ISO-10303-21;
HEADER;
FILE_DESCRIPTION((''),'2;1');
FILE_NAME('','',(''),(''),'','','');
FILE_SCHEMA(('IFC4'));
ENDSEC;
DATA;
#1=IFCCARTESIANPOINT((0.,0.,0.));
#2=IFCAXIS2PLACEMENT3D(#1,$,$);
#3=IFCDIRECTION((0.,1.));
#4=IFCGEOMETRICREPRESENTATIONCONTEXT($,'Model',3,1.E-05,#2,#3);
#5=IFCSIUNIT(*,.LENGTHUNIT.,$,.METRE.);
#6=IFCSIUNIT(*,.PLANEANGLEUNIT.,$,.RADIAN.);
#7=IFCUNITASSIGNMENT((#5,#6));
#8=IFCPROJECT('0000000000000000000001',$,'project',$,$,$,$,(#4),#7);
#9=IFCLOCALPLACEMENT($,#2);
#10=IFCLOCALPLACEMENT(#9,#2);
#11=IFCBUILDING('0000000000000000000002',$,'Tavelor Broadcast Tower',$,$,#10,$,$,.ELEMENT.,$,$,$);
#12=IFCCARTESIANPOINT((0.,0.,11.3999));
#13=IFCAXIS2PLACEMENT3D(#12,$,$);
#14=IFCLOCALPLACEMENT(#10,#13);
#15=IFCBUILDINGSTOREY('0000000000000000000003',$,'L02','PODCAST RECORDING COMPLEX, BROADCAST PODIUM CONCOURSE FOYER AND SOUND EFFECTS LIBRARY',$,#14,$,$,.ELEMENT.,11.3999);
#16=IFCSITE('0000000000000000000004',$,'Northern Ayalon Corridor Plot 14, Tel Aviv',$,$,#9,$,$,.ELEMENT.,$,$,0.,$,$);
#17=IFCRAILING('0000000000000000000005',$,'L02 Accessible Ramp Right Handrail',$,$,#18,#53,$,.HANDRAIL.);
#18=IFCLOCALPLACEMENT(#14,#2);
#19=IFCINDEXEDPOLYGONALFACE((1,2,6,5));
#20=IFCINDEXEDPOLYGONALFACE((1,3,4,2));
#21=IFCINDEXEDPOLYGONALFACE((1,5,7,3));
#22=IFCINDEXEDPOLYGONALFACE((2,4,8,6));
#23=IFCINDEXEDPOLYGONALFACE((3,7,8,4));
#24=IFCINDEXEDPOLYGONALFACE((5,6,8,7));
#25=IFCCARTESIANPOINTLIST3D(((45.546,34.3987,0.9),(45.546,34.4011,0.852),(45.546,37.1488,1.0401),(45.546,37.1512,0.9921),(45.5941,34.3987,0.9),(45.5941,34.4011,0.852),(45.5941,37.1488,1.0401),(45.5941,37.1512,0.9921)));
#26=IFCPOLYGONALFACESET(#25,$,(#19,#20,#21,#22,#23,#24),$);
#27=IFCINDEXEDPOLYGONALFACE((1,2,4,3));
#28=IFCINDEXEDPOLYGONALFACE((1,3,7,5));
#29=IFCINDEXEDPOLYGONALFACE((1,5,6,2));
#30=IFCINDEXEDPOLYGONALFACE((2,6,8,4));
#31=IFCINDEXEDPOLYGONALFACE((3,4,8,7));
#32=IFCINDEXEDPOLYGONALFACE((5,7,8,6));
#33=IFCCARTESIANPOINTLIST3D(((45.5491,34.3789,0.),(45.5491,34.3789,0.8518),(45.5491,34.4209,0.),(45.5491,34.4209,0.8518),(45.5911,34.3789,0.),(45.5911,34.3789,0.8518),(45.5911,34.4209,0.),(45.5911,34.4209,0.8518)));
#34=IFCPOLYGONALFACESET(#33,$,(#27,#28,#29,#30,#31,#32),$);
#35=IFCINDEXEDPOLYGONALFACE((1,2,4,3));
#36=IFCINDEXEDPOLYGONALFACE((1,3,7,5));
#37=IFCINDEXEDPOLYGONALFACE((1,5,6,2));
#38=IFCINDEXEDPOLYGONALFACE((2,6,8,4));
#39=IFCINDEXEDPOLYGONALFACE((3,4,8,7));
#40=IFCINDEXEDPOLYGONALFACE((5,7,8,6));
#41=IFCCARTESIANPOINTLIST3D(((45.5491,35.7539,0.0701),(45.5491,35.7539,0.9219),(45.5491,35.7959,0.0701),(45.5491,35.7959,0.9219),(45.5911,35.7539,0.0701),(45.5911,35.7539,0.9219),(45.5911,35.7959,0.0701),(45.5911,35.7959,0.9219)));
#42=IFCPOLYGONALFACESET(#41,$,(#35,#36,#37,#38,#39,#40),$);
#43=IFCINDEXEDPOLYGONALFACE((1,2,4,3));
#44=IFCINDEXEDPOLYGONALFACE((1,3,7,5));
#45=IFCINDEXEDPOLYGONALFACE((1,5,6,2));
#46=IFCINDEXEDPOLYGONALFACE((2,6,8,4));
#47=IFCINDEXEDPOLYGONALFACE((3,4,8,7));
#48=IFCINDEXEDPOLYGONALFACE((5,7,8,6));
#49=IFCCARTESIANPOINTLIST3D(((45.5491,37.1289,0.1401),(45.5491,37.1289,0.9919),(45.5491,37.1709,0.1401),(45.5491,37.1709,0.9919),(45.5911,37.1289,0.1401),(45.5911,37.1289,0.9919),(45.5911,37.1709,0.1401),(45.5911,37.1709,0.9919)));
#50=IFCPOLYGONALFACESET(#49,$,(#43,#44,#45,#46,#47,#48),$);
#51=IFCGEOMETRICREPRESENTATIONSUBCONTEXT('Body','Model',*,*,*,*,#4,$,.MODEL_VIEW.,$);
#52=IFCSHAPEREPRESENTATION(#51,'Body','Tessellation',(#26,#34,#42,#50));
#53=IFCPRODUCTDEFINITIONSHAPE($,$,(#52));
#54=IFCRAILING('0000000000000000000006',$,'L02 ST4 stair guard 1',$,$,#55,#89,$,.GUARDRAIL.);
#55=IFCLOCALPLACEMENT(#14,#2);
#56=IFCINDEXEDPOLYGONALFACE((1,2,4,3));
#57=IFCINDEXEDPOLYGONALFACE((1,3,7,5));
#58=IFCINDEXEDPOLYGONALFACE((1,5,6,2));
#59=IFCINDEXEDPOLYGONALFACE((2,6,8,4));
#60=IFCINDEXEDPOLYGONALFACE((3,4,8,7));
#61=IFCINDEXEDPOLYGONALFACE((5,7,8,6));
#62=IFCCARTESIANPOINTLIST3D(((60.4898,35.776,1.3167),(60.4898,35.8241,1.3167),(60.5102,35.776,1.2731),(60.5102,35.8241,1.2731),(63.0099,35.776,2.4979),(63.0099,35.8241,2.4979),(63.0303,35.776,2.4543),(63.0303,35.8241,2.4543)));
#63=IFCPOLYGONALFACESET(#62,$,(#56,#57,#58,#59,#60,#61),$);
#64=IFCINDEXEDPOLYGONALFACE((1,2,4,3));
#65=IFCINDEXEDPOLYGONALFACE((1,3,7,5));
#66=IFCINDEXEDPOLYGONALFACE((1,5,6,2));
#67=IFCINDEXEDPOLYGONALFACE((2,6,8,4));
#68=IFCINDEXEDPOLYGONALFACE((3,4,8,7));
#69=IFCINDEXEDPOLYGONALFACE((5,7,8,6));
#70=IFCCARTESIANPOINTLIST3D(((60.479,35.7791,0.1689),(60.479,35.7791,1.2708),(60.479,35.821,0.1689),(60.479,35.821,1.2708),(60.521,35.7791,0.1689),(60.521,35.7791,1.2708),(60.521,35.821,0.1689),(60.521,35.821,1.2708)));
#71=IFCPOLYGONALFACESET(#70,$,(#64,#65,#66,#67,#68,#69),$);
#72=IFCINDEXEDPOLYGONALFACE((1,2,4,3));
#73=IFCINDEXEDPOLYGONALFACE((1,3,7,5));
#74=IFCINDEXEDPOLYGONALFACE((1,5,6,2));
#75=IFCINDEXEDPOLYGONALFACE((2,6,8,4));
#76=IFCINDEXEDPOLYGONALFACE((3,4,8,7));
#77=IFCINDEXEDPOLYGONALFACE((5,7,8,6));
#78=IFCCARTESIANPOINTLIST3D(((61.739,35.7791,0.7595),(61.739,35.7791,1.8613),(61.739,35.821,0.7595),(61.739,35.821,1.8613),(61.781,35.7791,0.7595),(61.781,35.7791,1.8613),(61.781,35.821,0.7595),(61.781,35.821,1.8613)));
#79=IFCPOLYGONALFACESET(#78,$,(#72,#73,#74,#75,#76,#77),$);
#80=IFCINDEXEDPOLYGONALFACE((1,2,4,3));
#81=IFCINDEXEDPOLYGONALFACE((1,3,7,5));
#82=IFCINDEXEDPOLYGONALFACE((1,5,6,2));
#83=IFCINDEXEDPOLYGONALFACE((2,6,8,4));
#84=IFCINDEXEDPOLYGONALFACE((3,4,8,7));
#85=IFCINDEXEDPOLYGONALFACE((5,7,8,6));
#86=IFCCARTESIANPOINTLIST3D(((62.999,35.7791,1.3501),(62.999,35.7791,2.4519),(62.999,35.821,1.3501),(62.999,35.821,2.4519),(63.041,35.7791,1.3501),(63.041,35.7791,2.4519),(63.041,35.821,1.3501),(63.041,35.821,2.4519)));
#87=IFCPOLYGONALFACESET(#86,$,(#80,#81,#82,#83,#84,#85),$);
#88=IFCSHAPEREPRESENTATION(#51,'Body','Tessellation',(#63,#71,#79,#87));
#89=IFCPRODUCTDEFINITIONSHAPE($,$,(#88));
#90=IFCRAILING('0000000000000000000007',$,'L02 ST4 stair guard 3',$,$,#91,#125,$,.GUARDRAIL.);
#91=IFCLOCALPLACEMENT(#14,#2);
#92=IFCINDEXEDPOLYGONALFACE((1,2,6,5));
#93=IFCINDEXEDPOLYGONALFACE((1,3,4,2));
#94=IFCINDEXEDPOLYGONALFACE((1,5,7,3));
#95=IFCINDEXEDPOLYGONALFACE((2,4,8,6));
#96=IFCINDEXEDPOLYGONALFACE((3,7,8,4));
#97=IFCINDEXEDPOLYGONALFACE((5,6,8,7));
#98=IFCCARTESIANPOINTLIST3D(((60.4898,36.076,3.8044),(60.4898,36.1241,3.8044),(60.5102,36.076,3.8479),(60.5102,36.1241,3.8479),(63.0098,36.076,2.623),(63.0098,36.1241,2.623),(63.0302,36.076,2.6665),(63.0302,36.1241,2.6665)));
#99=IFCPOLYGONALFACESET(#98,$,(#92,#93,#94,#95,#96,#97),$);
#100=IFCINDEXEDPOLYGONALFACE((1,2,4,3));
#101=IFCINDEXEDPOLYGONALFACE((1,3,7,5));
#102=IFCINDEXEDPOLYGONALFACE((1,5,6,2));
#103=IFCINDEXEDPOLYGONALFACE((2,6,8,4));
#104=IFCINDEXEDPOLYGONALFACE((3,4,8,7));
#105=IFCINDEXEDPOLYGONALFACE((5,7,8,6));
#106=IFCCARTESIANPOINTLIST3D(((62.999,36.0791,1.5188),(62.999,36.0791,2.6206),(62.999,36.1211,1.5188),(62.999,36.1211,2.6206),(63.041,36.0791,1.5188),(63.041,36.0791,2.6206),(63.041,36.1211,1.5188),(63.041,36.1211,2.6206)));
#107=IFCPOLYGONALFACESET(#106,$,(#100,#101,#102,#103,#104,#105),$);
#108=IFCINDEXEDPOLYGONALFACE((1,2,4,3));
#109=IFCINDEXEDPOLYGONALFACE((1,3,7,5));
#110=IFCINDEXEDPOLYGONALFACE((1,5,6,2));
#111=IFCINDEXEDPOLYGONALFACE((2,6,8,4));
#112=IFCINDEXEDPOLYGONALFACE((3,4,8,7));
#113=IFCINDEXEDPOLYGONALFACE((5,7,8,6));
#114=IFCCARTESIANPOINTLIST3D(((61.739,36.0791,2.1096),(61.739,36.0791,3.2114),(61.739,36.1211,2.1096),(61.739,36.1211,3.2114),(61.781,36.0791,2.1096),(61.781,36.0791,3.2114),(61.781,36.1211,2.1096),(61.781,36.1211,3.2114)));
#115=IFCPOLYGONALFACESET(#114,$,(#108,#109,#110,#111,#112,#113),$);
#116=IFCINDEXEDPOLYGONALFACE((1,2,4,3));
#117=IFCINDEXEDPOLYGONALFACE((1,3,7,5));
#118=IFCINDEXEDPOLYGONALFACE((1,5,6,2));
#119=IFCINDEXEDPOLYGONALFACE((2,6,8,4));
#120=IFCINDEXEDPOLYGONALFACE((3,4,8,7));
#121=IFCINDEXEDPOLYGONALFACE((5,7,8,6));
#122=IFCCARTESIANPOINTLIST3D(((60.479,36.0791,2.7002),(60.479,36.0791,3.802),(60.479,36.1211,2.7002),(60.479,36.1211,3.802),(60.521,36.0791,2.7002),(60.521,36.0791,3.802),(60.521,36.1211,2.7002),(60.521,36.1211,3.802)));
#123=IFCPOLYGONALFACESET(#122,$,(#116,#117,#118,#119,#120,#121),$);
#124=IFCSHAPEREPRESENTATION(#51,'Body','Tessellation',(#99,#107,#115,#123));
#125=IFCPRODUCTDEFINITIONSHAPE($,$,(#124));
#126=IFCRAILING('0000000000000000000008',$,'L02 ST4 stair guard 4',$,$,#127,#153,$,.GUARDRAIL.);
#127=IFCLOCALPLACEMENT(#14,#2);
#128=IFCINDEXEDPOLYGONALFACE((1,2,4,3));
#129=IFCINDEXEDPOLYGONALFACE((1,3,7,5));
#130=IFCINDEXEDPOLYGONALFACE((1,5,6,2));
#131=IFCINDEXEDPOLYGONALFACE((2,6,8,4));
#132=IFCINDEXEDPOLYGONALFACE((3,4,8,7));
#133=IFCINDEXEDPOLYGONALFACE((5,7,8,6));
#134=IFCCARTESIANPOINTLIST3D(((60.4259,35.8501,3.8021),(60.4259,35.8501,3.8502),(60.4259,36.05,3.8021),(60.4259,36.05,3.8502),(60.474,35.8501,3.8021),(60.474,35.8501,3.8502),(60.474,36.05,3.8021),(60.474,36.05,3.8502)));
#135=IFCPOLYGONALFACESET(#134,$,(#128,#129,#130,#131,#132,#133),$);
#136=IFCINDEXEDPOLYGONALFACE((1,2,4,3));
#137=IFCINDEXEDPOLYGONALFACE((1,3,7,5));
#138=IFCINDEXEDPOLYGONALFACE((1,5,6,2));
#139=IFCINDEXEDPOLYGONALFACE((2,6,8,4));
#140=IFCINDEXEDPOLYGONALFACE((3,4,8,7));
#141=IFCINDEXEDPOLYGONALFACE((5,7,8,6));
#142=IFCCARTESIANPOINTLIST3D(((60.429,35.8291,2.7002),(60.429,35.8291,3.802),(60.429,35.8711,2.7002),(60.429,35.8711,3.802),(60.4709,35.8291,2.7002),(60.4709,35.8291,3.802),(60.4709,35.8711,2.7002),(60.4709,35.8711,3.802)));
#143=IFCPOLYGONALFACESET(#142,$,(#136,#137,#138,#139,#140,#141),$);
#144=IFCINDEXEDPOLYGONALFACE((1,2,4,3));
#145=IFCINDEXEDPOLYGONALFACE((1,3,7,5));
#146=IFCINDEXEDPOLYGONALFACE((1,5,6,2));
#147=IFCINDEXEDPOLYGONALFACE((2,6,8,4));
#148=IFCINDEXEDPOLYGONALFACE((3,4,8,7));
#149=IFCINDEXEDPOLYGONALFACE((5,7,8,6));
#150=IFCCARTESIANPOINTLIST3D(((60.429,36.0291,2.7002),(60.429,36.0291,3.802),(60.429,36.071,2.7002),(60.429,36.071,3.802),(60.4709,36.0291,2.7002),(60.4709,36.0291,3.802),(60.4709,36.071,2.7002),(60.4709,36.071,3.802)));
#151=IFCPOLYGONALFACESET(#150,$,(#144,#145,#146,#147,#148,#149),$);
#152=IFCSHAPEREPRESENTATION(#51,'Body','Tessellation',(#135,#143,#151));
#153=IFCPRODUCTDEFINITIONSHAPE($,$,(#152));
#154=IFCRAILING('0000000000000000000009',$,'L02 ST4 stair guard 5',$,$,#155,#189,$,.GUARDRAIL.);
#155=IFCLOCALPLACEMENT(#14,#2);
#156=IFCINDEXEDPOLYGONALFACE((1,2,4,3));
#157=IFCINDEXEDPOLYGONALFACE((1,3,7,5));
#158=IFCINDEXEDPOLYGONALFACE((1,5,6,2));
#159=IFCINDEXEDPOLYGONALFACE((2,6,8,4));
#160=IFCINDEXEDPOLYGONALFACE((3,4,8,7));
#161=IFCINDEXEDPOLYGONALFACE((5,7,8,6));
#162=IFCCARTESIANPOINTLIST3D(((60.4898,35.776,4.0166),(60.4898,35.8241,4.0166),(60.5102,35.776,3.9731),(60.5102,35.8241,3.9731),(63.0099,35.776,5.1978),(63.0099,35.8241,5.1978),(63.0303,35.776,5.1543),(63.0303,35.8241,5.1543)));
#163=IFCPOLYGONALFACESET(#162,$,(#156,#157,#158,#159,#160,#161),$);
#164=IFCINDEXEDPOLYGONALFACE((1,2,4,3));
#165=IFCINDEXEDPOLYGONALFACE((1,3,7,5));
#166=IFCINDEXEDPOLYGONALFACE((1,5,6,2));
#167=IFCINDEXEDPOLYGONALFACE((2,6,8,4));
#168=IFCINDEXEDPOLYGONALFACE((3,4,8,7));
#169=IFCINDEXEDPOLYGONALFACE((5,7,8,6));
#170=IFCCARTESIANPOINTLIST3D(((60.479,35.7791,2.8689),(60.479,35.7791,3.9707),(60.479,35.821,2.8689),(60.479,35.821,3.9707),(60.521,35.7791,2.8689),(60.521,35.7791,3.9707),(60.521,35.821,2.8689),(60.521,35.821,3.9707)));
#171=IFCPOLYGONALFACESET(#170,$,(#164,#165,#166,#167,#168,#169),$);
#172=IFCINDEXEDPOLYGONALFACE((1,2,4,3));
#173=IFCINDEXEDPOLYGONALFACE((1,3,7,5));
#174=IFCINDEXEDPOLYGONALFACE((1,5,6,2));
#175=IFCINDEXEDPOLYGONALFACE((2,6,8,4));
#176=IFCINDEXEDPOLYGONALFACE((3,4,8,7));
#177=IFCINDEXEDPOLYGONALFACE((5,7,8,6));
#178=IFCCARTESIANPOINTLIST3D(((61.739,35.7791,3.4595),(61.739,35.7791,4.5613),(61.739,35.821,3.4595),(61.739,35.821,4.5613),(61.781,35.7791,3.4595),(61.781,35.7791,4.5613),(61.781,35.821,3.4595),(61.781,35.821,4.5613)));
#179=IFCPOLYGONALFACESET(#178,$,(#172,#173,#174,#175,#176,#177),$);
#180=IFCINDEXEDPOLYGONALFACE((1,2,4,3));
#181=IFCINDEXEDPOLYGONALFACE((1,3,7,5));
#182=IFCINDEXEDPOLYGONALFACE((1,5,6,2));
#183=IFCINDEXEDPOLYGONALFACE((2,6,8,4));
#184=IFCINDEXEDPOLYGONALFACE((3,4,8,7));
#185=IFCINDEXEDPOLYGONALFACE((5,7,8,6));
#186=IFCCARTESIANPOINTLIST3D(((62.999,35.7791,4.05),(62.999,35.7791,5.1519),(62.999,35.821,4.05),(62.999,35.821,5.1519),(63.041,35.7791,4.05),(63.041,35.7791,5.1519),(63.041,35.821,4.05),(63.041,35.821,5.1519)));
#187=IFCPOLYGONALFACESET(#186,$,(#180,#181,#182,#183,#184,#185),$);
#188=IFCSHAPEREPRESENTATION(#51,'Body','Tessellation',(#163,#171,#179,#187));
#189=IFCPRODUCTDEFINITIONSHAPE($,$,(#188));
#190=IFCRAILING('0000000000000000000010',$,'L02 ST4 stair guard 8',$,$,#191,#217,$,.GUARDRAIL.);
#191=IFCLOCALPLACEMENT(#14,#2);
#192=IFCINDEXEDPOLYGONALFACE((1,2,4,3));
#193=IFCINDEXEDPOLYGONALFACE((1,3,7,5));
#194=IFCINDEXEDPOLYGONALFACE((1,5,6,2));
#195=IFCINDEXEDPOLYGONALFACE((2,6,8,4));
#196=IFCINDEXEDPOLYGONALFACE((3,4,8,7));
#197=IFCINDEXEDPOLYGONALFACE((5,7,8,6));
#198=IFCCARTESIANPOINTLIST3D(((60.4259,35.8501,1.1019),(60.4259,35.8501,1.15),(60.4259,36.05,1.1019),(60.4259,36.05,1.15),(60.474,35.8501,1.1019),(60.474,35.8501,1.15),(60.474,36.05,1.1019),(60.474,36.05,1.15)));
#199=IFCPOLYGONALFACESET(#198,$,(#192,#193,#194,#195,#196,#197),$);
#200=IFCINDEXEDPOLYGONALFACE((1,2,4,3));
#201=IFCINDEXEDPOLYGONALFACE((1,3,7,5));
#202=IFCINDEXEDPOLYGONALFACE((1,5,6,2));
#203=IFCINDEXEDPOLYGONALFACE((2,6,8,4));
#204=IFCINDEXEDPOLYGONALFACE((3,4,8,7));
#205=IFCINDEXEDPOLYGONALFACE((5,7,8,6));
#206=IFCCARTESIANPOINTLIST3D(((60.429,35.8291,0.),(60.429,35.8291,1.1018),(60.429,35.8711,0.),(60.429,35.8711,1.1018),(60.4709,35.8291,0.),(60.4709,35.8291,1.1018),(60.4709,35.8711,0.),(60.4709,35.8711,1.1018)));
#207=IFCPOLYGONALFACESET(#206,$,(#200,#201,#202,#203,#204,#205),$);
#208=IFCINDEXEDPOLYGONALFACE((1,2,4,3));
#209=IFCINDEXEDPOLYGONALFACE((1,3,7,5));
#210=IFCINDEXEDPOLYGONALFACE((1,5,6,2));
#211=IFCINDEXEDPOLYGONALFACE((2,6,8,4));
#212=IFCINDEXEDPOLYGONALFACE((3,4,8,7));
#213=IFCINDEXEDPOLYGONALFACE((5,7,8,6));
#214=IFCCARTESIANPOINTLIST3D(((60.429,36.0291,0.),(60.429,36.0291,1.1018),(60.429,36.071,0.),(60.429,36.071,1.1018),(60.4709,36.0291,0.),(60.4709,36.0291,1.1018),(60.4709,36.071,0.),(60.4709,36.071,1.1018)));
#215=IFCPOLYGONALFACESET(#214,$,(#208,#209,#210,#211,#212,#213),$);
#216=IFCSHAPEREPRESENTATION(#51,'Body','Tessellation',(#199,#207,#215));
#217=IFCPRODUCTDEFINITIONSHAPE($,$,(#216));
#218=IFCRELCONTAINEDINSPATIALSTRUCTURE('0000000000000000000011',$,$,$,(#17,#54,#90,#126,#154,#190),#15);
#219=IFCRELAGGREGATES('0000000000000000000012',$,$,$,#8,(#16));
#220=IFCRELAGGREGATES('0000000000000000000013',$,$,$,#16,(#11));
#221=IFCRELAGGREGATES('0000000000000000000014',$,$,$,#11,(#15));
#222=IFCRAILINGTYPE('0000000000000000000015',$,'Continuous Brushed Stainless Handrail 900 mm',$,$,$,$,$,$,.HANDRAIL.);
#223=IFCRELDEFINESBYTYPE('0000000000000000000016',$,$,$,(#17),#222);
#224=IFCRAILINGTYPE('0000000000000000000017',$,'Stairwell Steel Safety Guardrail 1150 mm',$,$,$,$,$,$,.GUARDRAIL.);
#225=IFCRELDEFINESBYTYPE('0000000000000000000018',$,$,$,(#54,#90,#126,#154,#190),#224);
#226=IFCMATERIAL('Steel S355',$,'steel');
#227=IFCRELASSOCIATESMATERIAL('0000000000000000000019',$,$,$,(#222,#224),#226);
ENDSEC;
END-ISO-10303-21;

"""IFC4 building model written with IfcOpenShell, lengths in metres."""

from ifc_helpers import new_model, si_unit, direction, frame, origin, origin_2d, place, context, subcontext, project, spatial, rectangle, extrude, material, type_object, element, save


model = new_model("IFC4")

# Units and contexts
model_context = context("Model", 3, precision=1e-05, world=origin(), true_north=direction((0.0, 1.0)))
body_context = subcontext(model_context, "Body", "Model", "MODEL_VIEW")
ifc_project = project(units=[si_unit("LENGTHUNIT", "METRE"), si_unit("PLANEANGLEUNIT", "RADIAN")], contexts=[model_context])

# Site, building, storey
site_placement = place(None, origin())
site = spatial("IfcSite", under=ifc_project, at=site_placement, Name="Northern Ayalon Corridor Plot 14, Tel Aviv", CompositionType="ELEMENT", RefElevation=0.0)
building_placement = place(site_placement, origin())
building = spatial("IfcBuilding", under=site, at=building_placement, Name="Tavelor Broadcast Tower", CompositionType="ELEMENT")
storey_placement = place(building_placement, frame((0.0, 0.0, 11.3999)))
storey = spatial("IfcBuildingStorey", under=building, at=storey_placement, Name="L02", Description="PODCAST RECORDING COMPLEX, BROADCAST PODIUM CONCOURSE FOYER AND SOUND EFFECTS LIBRARY", CompositionType="ELEMENT", Elevation=11.3999)

# Shared definitions
ifc_material_1 = material(Name="Steel S355", Category="steel")

# Railings
railing_type_1 = type_object("IfcRailingType", Name="Continuous Brushed Stainless Handrail 900 mm", PredefinedType="HANDRAIL", material=ifc_material_1)
for number, where, name in (
    (1, (45.5701, 34.3999, 0.0), "L02 Accessible Ramp Right Handrail"),
):
    element("IfcRailing", number, at=place(storey_placement, frame(where)), inside=storey, type_object=railing_type_1, Name=name, PredefinedType="HANDRAIL", context=body_context, shape_type="SweptSolid", body=[
        extrude(rectangle(XDim=0.0481, YDim=0.0481, at=origin_2d()), frame((0.0, 0.0, 0.876), z_axis=(0.0, 0.998704, 0.050893), x_axis=(-1.0, 0.0, 0.0)), (0.0, 0.0, 1.0), 2.7537),
        extrude(rectangle(XDim=0.042, YDim=0.042, at=origin_2d()), origin(), (0.0, 0.0, 1.0), 0.8518),
        extrude(rectangle(XDim=0.042, YDim=0.042, at=origin_2d()), frame((0.0, 1.375, 0.0701)), (0.0, 0.0, 1.0), 0.8518),
        extrude(rectangle(XDim=0.042, YDim=0.042, at=origin_2d()), frame((0.0, 2.75, 0.1401)), (0.0, 0.0, 1.0), 0.8518),
    ])
railing_type_2 = type_object("IfcRailingType", Name="Stairwell Steel Safety Guardrail 1150 mm", PredefinedType="GUARDRAIL", material=ifc_material_1)
railing_1_placement = place(storey_placement, frame((60.5, 35.8, 0.1689)))
element("IfcRailing", 2, at=railing_1_placement, inside=storey, type_object=railing_type_2, Name="L02 ST4 stair guard 1", PredefinedType="GUARDRAIL", context=body_context, shape_type="SweptSolid", body=[
    extrude(rectangle(XDim=0.0481, YDim=0.0481, at=origin_2d()), frame((0.0, 0.0, 1.126), z_axis=(0.905474, 0.0, 0.424402), x_axis=(0.0, 1.0, 0.0)), (0.0, 0.0, 1.0), 2.7832),
    extrude(rectangle(XDim=0.042, YDim=0.042, at=origin_2d()), origin(), (0.0, 0.0, 1.0), 1.1018),
    extrude(rectangle(XDim=0.042, YDim=0.042, at=origin_2d()), frame((1.26, 0.0, 0.5906)), (0.0, 0.0, 1.0), 1.1018),
    extrude(rectangle(XDim=0.042, YDim=0.042, at=origin_2d()), frame((2.52, 0.0, 1.1812)), (0.0, 0.0, 1.0), 1.1018),
])
railing_2_placement = place(storey_placement, frame((63.02, 36.1001, 1.5188)))
element("IfcRailing", 3, at=railing_2_placement, inside=storey, type_object=railing_type_2, Name="L02 ST4 stair guard 3", PredefinedType="GUARDRAIL", context=body_context, shape_type="SweptSolid", body=[
    extrude(rectangle(XDim=0.0481, YDim=0.0481, at=origin_2d()), frame((0.0, 0.0, 1.126), z_axis=(-0.90544, 0.0, 0.424474), x_axis=(0.0, -1.0, 0.0)), (0.0, 0.0, 1.0), 2.7832),
    extrude(rectangle(XDim=0.042, YDim=0.042, at=origin_2d()), origin(), (0.0, 0.0, 1.0), 1.1018),
    extrude(rectangle(XDim=0.042, YDim=0.042, at=origin_2d()), frame((-1.26, 0.0, 0.5908)), (0.0, 0.0, 1.0), 1.1018),
    extrude(rectangle(XDim=0.042, YDim=0.042, at=origin_2d()), frame((-2.52, 0.0, 1.1814)), (0.0, 0.0, 1.0), 1.1018),
])
railing_3_placement = place(storey_placement, frame((60.45, 35.8501, 2.7002)))
element("IfcRailing", 4, at=railing_3_placement, inside=storey, type_object=railing_type_2, Name="L02 ST4 stair guard 4", PredefinedType="GUARDRAIL", context=body_context, shape_type="SweptSolid", body=[
    extrude(rectangle(XDim=0.0481, YDim=0.0481, at=origin_2d()), frame((0.0, 0.0, 1.126), z_axis=(0.0, 1.0, 0.0), x_axis=(-1.0, 0.0, 0.0)), (0.0, 0.0, 1.0), 0.2),
    extrude(rectangle(XDim=0.042, YDim=0.042, at=origin_2d()), origin(), (0.0, 0.0, 1.0), 1.1018),
    extrude(rectangle(XDim=0.042, YDim=0.042, at=origin_2d()), frame((0.0, 0.2, 0.0)), (0.0, 0.0, 1.0), 1.1018),
])
railing_4_placement = place(storey_placement, frame((60.5, 35.8, 2.8689)))
element("IfcRailing", 5, at=railing_4_placement, inside=storey, type_object=railing_type_2, Name="L02 ST4 stair guard 5", PredefinedType="GUARDRAIL", context=body_context, shape_type="SweptSolid", body=[
    extrude(rectangle(XDim=0.0481, YDim=0.0481, at=origin_2d()), frame((0.0, 0.0, 1.126), z_axis=(0.905474, 0.0, 0.424402), x_axis=(0.0, 1.0, 0.0)), (0.0, 0.0, 1.0), 2.7832),
    extrude(rectangle(XDim=0.042, YDim=0.042, at=origin_2d()), origin(), (0.0, 0.0, 1.0), 1.1018),
    extrude(rectangle(XDim=0.042, YDim=0.042, at=origin_2d()), frame((1.26, 0.0, 0.5906)), (0.0, 0.0, 1.0), 1.1018),
    extrude(rectangle(XDim=0.042, YDim=0.042, at=origin_2d()), frame((2.52, 0.0, 1.1812)), (0.0, 0.0, 1.0), 1.1018),
])
railing_5_placement = place(storey_placement, frame((60.45, 35.8501, 0.0)))
element("IfcRailing", 6, at=railing_5_placement, inside=storey, type_object=railing_type_2, Name="L02 ST4 stair guard 8", PredefinedType="GUARDRAIL", context=body_context, shape_type="SweptSolid", body=[
    extrude(rectangle(XDim=0.0481, YDim=0.0481, at=origin_2d()), frame((0.0, 0.0, 1.126), z_axis=(0.0, 1.0, 0.0), x_axis=(-1.0, 0.0, 0.0)), (0.0, 0.0, 1.0), 0.2),
    extrude(rectangle(XDim=0.042, YDim=0.042, at=origin_2d()), origin(), (0.0, 0.0, 1.0), 1.1018),
    extrude(rectangle(XDim=0.042, YDim=0.042, at=origin_2d()), frame((0.0, 0.2, 0.0)), (0.0, 0.0, 1.0), 1.1018),
])

save(model, "model.ifc")
